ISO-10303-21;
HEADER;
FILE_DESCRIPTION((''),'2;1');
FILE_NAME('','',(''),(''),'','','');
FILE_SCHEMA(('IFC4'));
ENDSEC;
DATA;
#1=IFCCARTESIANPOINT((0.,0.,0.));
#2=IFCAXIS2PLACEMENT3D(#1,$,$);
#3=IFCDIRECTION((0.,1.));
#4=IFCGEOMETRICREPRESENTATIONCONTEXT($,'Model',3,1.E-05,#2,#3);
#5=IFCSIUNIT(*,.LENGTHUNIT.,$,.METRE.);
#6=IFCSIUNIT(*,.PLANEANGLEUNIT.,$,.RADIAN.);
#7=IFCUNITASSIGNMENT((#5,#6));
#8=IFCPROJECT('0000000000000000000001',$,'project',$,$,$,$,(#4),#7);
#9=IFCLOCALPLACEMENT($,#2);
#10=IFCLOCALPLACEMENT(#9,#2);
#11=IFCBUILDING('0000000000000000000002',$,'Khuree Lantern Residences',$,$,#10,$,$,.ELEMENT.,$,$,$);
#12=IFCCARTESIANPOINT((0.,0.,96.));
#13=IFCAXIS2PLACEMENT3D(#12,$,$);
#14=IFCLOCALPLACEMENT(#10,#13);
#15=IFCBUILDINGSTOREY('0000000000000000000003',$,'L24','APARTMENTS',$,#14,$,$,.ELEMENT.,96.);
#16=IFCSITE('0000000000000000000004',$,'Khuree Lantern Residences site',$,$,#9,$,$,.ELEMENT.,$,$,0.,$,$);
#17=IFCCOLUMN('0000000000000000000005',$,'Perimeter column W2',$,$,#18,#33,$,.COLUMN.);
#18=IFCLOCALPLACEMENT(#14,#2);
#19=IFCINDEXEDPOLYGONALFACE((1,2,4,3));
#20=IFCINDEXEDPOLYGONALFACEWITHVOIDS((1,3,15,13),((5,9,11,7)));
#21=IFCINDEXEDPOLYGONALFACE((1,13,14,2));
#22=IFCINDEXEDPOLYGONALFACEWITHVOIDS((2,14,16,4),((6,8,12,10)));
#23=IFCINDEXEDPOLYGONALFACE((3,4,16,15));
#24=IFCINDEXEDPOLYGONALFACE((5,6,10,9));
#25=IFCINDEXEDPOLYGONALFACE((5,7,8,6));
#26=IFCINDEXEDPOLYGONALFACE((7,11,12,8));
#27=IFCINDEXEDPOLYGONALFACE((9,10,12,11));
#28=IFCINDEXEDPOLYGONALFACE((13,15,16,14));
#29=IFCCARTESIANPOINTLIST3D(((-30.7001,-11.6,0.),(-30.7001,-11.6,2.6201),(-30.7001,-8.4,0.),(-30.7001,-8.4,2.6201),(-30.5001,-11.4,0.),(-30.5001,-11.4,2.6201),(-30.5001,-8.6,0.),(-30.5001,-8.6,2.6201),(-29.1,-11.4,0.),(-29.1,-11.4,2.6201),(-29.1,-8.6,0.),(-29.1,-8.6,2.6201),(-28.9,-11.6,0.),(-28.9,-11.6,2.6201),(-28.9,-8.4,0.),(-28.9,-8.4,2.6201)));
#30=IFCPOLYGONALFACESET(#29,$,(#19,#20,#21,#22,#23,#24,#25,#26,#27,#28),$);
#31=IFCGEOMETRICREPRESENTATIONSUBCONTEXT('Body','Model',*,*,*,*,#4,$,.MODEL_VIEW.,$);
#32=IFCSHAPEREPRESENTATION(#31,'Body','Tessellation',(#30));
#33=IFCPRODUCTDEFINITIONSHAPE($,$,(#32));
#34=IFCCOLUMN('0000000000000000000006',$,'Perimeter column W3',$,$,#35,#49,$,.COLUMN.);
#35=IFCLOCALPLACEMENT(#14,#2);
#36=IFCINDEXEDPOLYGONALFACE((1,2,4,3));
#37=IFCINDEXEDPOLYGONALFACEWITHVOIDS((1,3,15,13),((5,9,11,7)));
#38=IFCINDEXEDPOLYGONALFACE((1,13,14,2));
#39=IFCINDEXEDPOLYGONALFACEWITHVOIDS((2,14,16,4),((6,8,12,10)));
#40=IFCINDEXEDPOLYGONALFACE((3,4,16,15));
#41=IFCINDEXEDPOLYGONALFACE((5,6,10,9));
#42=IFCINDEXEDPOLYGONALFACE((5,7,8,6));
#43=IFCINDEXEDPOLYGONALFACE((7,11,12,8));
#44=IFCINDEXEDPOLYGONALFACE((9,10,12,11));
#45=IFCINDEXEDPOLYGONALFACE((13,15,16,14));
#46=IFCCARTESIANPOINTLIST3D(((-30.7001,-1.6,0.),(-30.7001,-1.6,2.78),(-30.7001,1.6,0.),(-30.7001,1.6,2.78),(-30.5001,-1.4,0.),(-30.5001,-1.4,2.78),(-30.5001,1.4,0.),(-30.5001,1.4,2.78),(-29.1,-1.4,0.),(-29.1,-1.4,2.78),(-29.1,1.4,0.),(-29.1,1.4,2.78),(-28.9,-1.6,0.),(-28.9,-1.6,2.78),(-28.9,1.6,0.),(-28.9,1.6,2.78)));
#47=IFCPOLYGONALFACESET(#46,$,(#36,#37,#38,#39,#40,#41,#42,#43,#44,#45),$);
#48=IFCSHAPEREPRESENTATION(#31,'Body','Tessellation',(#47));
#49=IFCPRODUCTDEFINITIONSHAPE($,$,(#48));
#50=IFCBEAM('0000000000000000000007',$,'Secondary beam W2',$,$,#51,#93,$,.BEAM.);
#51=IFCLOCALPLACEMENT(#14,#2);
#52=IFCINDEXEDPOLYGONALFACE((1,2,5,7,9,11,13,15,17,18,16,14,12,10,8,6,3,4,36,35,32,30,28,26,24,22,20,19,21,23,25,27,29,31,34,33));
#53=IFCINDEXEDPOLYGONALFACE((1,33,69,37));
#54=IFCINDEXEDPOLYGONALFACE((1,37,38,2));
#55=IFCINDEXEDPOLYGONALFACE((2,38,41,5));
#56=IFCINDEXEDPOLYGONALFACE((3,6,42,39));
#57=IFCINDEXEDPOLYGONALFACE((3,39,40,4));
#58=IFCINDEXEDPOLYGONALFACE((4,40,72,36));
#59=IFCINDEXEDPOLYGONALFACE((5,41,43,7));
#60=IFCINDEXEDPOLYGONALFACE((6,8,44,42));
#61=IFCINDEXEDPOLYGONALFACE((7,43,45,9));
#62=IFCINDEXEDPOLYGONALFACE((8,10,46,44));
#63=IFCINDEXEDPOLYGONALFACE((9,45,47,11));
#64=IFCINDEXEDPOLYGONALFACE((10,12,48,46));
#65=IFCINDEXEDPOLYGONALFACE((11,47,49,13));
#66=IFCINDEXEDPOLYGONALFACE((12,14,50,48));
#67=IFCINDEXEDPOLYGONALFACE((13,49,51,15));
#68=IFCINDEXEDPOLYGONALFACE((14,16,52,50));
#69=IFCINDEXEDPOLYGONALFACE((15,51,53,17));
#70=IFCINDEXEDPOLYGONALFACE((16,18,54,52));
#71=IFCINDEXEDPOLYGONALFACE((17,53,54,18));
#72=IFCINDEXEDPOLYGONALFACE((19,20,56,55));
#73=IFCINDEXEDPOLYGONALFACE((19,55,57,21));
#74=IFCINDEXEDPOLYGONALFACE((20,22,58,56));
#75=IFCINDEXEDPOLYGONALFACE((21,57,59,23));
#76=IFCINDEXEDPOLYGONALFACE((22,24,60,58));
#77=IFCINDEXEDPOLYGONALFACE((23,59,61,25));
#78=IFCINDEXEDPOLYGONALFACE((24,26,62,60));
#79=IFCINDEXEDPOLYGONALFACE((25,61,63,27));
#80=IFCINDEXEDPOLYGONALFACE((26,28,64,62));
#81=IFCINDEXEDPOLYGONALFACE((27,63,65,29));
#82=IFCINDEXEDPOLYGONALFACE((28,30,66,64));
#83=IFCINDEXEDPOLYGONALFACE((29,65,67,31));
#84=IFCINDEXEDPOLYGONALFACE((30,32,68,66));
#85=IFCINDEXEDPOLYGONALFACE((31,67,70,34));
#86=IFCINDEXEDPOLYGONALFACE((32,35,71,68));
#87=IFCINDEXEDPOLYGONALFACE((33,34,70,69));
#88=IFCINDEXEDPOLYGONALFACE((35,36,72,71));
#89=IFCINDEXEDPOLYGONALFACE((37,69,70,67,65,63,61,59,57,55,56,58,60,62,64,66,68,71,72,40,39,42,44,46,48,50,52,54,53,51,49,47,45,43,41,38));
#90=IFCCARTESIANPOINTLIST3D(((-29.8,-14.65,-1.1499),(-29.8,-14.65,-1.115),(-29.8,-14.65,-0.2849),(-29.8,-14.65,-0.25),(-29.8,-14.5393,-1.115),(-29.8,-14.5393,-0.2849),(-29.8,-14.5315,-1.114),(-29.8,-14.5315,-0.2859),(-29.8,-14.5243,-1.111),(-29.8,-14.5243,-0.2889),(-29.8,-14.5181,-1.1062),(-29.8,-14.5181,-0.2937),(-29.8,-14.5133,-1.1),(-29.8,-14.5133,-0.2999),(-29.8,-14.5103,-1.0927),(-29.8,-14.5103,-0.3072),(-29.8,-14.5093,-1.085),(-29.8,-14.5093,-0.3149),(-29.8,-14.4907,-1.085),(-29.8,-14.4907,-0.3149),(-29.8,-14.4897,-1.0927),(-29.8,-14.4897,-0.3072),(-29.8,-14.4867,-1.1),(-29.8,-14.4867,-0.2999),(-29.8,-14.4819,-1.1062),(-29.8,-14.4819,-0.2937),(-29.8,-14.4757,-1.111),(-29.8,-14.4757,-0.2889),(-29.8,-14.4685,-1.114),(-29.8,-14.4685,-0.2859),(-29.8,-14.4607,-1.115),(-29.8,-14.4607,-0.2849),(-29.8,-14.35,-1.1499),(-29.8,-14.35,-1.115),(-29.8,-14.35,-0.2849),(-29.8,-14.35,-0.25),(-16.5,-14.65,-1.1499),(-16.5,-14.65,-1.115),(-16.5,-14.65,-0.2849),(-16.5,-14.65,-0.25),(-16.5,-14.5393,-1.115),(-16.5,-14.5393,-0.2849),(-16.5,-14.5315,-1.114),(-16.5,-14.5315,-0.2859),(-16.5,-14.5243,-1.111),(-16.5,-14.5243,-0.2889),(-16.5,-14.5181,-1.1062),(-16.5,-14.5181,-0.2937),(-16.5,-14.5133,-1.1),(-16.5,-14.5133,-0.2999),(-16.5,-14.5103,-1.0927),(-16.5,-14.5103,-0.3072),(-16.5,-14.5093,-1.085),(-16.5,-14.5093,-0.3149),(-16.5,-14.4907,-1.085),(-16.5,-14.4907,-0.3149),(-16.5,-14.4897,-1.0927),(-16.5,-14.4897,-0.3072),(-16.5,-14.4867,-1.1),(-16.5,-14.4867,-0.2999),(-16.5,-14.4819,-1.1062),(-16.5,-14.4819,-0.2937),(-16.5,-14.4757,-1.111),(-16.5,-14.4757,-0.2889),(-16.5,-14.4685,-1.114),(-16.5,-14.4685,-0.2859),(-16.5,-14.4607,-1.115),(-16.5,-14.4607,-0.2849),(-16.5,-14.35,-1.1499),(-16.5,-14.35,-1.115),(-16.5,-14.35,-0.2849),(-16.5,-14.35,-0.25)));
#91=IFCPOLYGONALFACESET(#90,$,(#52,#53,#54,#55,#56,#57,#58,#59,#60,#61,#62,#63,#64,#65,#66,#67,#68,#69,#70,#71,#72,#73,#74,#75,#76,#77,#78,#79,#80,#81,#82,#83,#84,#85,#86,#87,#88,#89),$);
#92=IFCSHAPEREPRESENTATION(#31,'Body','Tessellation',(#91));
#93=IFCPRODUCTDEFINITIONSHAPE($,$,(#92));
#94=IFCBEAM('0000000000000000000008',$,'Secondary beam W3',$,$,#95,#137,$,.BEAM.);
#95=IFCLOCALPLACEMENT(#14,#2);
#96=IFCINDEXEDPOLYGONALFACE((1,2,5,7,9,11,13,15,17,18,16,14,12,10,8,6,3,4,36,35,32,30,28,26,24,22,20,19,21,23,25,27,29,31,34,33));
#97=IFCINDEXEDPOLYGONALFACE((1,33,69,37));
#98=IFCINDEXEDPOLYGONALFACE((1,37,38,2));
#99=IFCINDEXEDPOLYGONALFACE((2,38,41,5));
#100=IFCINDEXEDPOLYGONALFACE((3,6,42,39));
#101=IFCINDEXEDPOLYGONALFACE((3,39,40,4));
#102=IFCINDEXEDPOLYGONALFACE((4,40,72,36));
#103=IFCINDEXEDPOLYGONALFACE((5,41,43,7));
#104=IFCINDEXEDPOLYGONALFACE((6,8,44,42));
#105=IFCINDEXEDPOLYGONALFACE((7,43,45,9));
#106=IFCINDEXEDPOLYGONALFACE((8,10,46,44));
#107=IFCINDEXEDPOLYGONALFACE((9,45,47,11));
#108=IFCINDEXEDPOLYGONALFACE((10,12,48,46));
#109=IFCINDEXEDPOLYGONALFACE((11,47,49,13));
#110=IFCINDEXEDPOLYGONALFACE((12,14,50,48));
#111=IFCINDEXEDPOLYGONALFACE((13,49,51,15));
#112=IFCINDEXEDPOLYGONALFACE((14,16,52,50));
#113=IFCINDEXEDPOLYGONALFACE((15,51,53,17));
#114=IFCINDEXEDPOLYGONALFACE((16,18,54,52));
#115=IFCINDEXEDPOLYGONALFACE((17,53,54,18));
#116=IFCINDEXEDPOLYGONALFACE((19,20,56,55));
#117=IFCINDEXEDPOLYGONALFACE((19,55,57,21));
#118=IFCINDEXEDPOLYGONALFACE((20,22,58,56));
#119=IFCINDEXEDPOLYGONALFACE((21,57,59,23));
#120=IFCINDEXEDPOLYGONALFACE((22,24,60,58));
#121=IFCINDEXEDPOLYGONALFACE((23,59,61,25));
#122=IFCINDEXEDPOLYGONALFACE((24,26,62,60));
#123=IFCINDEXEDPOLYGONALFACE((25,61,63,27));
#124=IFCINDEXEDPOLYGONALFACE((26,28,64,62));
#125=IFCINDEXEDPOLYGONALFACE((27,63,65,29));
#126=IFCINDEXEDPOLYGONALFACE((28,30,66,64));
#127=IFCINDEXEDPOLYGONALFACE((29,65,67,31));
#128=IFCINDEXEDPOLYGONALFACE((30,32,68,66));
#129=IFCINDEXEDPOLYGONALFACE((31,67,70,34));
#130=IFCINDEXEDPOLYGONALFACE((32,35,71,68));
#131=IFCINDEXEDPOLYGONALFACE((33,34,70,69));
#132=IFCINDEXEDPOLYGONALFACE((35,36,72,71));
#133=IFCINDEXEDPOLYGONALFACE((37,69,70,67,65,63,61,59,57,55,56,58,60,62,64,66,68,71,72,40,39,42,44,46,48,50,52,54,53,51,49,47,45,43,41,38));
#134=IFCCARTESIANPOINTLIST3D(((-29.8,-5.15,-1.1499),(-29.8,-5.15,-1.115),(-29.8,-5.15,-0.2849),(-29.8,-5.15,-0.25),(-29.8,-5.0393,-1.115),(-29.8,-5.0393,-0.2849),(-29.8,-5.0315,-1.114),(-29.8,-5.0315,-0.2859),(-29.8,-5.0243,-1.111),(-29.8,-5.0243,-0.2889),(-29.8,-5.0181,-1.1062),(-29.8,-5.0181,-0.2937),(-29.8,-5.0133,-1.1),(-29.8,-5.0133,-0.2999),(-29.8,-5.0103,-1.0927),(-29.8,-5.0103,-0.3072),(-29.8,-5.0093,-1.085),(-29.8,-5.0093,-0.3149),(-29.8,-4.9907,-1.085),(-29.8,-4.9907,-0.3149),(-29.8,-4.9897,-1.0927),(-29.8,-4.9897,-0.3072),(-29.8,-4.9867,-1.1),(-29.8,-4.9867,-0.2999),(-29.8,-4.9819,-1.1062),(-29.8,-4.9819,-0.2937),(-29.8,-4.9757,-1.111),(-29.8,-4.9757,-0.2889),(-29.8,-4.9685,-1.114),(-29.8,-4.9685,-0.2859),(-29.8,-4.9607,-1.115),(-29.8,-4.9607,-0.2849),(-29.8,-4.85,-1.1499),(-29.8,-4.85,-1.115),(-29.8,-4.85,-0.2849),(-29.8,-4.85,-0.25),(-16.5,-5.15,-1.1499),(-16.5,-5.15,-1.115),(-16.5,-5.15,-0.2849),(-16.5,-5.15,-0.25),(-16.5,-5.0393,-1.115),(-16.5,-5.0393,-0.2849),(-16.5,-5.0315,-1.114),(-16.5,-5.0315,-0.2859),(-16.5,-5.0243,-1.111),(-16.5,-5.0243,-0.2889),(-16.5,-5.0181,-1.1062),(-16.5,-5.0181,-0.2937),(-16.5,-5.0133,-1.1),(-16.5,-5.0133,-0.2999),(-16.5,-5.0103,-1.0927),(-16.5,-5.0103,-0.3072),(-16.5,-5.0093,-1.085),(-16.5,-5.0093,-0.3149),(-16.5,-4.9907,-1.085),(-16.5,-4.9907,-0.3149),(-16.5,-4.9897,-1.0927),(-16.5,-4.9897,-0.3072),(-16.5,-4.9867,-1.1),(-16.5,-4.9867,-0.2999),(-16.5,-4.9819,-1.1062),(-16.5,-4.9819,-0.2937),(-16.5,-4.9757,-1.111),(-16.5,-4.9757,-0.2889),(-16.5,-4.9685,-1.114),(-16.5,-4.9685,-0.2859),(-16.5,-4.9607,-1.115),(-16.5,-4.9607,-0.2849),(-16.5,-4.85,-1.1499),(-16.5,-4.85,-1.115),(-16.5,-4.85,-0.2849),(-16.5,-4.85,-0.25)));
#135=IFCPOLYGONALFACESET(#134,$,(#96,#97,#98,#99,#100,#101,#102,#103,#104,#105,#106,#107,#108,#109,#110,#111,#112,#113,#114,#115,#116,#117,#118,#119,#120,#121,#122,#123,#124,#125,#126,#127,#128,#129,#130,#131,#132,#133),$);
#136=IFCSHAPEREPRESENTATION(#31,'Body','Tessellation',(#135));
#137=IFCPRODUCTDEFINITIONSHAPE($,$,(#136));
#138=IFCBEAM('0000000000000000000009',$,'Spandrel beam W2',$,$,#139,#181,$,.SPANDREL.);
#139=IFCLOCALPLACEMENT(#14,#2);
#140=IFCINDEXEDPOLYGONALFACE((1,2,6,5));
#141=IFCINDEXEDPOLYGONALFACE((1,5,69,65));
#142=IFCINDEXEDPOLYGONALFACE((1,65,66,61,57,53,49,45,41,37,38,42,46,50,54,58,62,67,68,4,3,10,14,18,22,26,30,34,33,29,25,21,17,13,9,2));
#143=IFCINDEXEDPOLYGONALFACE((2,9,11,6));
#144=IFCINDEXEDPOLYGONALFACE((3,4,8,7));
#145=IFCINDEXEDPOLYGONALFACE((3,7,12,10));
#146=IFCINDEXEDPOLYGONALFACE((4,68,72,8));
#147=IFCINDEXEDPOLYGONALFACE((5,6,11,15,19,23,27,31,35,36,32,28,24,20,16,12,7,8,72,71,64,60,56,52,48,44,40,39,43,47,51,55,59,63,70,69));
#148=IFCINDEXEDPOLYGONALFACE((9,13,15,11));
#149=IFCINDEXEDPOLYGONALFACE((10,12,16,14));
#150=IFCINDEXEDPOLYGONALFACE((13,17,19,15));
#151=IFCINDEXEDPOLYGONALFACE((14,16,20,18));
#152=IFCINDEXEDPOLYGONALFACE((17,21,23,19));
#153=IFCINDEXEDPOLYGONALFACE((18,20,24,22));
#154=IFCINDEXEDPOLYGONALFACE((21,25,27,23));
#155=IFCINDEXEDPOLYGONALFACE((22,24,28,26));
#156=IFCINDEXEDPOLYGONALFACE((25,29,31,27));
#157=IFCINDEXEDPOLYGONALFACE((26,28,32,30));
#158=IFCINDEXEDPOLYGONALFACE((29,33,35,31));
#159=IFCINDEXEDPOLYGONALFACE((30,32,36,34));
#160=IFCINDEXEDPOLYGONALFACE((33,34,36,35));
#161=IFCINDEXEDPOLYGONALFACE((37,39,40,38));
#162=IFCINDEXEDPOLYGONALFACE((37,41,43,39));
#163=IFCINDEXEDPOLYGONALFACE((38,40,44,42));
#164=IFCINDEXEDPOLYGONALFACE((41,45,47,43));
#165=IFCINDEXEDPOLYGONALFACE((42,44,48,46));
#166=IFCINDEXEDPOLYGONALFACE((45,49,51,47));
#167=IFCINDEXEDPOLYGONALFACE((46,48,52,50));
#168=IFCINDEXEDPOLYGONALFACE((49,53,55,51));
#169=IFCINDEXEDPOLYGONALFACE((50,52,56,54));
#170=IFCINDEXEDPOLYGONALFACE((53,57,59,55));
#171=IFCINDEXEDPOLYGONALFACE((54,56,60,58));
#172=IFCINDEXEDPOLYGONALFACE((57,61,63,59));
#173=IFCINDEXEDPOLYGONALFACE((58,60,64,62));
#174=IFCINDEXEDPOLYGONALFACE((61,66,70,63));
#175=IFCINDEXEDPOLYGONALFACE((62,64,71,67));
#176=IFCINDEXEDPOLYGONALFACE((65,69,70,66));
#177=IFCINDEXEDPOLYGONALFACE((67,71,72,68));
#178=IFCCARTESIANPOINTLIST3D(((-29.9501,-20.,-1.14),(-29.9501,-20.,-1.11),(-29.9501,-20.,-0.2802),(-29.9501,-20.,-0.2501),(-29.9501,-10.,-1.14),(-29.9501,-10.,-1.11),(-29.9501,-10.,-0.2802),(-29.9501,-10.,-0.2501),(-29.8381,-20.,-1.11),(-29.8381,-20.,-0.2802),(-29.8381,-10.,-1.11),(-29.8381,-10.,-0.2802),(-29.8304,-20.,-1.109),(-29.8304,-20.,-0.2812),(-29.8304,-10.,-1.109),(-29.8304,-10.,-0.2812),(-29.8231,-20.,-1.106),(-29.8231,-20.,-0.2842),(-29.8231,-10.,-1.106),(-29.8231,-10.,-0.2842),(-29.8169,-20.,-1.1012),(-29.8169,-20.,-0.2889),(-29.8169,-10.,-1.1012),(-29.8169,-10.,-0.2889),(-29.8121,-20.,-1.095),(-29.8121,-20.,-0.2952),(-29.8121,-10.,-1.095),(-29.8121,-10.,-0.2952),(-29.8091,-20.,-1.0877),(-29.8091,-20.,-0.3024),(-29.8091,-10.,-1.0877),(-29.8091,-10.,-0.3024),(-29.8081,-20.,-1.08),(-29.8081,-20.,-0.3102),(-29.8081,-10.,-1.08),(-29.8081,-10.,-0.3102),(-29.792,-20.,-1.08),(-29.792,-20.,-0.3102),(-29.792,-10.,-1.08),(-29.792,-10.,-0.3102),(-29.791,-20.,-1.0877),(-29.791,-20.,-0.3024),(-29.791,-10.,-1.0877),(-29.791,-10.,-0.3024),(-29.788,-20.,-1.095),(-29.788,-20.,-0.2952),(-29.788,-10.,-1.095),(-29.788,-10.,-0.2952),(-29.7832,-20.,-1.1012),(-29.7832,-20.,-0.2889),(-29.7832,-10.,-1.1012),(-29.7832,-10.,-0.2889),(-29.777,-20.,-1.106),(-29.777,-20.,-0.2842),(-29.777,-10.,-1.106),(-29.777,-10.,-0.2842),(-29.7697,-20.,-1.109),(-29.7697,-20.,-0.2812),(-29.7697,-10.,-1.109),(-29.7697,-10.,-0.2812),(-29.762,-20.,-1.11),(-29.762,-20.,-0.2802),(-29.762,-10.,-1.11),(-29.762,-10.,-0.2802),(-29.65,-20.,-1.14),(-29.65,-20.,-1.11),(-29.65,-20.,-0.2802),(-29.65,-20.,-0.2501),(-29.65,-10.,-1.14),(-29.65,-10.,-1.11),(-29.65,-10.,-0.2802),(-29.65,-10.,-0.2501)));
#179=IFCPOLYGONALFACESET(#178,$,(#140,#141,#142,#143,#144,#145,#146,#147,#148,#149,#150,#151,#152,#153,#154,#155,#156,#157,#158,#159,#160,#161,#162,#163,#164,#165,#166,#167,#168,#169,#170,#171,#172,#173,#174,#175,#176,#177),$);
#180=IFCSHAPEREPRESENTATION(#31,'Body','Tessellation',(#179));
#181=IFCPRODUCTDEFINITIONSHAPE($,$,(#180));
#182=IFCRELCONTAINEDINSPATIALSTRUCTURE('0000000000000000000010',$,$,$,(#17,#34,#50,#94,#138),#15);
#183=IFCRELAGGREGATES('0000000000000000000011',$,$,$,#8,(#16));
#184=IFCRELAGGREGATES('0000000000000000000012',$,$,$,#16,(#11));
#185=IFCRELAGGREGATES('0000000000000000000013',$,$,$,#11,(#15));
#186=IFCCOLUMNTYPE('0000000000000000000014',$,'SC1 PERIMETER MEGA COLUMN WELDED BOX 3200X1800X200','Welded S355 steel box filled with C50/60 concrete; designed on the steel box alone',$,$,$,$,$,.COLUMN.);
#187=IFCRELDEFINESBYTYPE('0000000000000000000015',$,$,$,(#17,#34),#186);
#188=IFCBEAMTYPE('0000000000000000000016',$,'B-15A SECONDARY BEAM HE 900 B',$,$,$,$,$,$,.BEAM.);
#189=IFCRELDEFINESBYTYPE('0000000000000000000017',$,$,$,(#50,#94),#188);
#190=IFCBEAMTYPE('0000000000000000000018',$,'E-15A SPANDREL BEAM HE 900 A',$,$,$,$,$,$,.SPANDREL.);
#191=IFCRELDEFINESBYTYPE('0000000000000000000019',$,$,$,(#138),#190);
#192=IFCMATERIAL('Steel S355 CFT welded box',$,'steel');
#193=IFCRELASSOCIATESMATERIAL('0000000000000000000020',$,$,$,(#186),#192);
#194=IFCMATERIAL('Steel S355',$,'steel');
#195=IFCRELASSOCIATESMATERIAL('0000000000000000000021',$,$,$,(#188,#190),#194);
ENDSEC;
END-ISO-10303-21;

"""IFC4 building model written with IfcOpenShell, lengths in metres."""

from ifc_helpers import new_model, si_unit, direction, frame, origin, origin_2d, place, context, subcontext, project, spatial, hollow_rectangle, i_section, extrude, material, material_profile, profile_set, type_object, element, save


model = new_model("IFC4")

# Units and contexts
model_context = context("Model", 3, precision=1e-05, world=origin(), true_north=direction((0.0, 1.0)))
body_context = subcontext(model_context, "Body", "Model", "MODEL_VIEW")
ifc_project = project(units=[si_unit("LENGTHUNIT", "METRE"), si_unit("PLANEANGLEUNIT", "RADIAN")], contexts=[model_context])

# Site, building, storey
site_placement = place(None, origin())
site = spatial("IfcSite", under=ifc_project, at=site_placement, Name="Khuree Lantern Residences site", CompositionType="ELEMENT", RefElevation=0.0)
building_placement = place(site_placement, origin())
building = spatial("IfcBuilding", under=site, at=building_placement, Name="Khuree Lantern Residences", CompositionType="ELEMENT")
storey_placement = place(building_placement, frame((0.0, 0.0, 96.0)))
storey = spatial("IfcBuildingStorey", under=building, at=storey_placement, Name="L24", Description="APARTMENTS", CompositionType="ELEMENT", Elevation=96.0)

# Columns
ifc_material_1 = material(Name="Steel S355 CFT welded box", Category="steel")
ifc_material_profile_1 = material_profile(ifc_material_1, hollow_rectangle(XDim=3.2, YDim=1.8, WallThickness=0.2, at=origin_2d()), Name="WELDED BOX 3200X1800X200")
ifc_profile_set_1 = profile_set([ifc_material_profile_1], Name="Steel S355 CFT welded box")
column_type = type_object("IfcColumnType", Name="SC1 PERIMETER MEGA COLUMN WELDED BOX 3200X1800X200", Description="Welded S355 steel box filled with C50/60 concrete; designed on the steel box alone", PredefinedType="COLUMN", material=ifc_profile_set_1)
column_1_placement = place(storey_placement, frame((-29.8, -10.0, 0.0), z_axis=(0.0, 0.0, 1.0), x_axis=(0.0, 1.0, 0.0)))
element("IfcColumn", 1, at=column_1_placement, inside=storey, type_object=column_type, Name="Perimeter column W2", PredefinedType="COLUMN", context=body_context, shape_type="SweptSolid", body=[
    extrude(hollow_rectangle(XDim=3.2, YDim=1.8, WallThickness=0.2, at=origin_2d()), origin(), (0.0, 0.0, 1.0), 2.6201),
])
column_2_placement = place(storey_placement, frame((-29.8, 0.0, 0.0), z_axis=(0.0, 0.0, 1.0), x_axis=(0.0, 1.0, 0.0)))
element("IfcColumn", 2, at=column_2_placement, inside=storey, type_object=column_type, Name="Perimeter column W3", PredefinedType="COLUMN", context=body_context, shape_type="SweptSolid", body=[
    extrude(hollow_rectangle(XDim=3.2, YDim=1.8, WallThickness=0.2, at=origin_2d()), origin(), (0.0, 0.0, 1.0), 2.78),
])

# Beams
ifc_material_2 = material(Name="Steel S355", Category="steel")
ifc_material_profile_2 = material_profile(ifc_material_2, i_section(OverallWidth=0.3, OverallDepth=0.8999, WebThickness=0.0186, FlangeThickness=0.0349, FilletRadius=0.03, at=origin_2d()), Name="HE 900 B")
ifc_profile_set_2 = profile_set([ifc_material_profile_2], Name="Steel S355")
beam_type_1 = type_object("IfcBeamType", Name="B-15A SECONDARY BEAM HE 900 B", PredefinedType="BEAM", material=ifc_profile_set_2)
for number, where, z_axis, x_axis, name in (
    (3, (-29.8, -14.5, -0.7), (1.0, 0.0, 0.0), (0.0, 1.0, 0.0), "Secondary beam W2"),
    (4, (-29.8, -5.0, -0.7), (1.0, 0.0, 0.0), (0.0, 1.0, 0.0), "Secondary beam W3"),
):
    element("IfcBeam", number, at=place(storey_placement, frame(where, z_axis=z_axis, x_axis=x_axis)), inside=storey, type_object=beam_type_1, Name=name, PredefinedType="BEAM", context=body_context, shape_type="SweptSolid", body=[
        extrude(i_section(OverallWidth=0.3, OverallDepth=0.8999, WebThickness=0.0186, FlangeThickness=0.0349, FilletRadius=0.03, at=origin_2d()), origin(), (0.0, 0.0, 1.0), 13.3),
    ])
ifc_material_profile_3 = material_profile(ifc_material_2, i_section(OverallWidth=0.3, OverallDepth=0.8899, WebThickness=0.0161, FlangeThickness=0.03, FilletRadius=0.03, at=origin_2d()), Name="HE 900 A")
ifc_profile_set_3 = profile_set([ifc_material_profile_3], Name="Steel S355")
beam_type_2 = type_object("IfcBeamType", Name="E-15A SPANDREL BEAM HE 900 A", PredefinedType="SPANDREL", material=ifc_profile_set_3)
for number, where, z_axis, x_axis, name in (
    (5, (-29.8, -20.0, -0.6951), (0.0, 1.0, 0.0), (-1.0, 0.0, 0.0), "Spandrel beam W2"),
):
    element("IfcBeam", number, at=place(storey_placement, frame(where, z_axis=z_axis, x_axis=x_axis)), inside=storey, type_object=beam_type_2, Name=name, PredefinedType="SPANDREL", context=body_context, shape_type="SweptSolid", body=[
        extrude(i_section(OverallWidth=0.3, OverallDepth=0.8899, WebThickness=0.0161, FlangeThickness=0.03, FilletRadius=0.03, at=origin_2d()), origin(), (0.0, 0.0, 1.0), 10.0),
    ])

save(model, "model.ifc")
